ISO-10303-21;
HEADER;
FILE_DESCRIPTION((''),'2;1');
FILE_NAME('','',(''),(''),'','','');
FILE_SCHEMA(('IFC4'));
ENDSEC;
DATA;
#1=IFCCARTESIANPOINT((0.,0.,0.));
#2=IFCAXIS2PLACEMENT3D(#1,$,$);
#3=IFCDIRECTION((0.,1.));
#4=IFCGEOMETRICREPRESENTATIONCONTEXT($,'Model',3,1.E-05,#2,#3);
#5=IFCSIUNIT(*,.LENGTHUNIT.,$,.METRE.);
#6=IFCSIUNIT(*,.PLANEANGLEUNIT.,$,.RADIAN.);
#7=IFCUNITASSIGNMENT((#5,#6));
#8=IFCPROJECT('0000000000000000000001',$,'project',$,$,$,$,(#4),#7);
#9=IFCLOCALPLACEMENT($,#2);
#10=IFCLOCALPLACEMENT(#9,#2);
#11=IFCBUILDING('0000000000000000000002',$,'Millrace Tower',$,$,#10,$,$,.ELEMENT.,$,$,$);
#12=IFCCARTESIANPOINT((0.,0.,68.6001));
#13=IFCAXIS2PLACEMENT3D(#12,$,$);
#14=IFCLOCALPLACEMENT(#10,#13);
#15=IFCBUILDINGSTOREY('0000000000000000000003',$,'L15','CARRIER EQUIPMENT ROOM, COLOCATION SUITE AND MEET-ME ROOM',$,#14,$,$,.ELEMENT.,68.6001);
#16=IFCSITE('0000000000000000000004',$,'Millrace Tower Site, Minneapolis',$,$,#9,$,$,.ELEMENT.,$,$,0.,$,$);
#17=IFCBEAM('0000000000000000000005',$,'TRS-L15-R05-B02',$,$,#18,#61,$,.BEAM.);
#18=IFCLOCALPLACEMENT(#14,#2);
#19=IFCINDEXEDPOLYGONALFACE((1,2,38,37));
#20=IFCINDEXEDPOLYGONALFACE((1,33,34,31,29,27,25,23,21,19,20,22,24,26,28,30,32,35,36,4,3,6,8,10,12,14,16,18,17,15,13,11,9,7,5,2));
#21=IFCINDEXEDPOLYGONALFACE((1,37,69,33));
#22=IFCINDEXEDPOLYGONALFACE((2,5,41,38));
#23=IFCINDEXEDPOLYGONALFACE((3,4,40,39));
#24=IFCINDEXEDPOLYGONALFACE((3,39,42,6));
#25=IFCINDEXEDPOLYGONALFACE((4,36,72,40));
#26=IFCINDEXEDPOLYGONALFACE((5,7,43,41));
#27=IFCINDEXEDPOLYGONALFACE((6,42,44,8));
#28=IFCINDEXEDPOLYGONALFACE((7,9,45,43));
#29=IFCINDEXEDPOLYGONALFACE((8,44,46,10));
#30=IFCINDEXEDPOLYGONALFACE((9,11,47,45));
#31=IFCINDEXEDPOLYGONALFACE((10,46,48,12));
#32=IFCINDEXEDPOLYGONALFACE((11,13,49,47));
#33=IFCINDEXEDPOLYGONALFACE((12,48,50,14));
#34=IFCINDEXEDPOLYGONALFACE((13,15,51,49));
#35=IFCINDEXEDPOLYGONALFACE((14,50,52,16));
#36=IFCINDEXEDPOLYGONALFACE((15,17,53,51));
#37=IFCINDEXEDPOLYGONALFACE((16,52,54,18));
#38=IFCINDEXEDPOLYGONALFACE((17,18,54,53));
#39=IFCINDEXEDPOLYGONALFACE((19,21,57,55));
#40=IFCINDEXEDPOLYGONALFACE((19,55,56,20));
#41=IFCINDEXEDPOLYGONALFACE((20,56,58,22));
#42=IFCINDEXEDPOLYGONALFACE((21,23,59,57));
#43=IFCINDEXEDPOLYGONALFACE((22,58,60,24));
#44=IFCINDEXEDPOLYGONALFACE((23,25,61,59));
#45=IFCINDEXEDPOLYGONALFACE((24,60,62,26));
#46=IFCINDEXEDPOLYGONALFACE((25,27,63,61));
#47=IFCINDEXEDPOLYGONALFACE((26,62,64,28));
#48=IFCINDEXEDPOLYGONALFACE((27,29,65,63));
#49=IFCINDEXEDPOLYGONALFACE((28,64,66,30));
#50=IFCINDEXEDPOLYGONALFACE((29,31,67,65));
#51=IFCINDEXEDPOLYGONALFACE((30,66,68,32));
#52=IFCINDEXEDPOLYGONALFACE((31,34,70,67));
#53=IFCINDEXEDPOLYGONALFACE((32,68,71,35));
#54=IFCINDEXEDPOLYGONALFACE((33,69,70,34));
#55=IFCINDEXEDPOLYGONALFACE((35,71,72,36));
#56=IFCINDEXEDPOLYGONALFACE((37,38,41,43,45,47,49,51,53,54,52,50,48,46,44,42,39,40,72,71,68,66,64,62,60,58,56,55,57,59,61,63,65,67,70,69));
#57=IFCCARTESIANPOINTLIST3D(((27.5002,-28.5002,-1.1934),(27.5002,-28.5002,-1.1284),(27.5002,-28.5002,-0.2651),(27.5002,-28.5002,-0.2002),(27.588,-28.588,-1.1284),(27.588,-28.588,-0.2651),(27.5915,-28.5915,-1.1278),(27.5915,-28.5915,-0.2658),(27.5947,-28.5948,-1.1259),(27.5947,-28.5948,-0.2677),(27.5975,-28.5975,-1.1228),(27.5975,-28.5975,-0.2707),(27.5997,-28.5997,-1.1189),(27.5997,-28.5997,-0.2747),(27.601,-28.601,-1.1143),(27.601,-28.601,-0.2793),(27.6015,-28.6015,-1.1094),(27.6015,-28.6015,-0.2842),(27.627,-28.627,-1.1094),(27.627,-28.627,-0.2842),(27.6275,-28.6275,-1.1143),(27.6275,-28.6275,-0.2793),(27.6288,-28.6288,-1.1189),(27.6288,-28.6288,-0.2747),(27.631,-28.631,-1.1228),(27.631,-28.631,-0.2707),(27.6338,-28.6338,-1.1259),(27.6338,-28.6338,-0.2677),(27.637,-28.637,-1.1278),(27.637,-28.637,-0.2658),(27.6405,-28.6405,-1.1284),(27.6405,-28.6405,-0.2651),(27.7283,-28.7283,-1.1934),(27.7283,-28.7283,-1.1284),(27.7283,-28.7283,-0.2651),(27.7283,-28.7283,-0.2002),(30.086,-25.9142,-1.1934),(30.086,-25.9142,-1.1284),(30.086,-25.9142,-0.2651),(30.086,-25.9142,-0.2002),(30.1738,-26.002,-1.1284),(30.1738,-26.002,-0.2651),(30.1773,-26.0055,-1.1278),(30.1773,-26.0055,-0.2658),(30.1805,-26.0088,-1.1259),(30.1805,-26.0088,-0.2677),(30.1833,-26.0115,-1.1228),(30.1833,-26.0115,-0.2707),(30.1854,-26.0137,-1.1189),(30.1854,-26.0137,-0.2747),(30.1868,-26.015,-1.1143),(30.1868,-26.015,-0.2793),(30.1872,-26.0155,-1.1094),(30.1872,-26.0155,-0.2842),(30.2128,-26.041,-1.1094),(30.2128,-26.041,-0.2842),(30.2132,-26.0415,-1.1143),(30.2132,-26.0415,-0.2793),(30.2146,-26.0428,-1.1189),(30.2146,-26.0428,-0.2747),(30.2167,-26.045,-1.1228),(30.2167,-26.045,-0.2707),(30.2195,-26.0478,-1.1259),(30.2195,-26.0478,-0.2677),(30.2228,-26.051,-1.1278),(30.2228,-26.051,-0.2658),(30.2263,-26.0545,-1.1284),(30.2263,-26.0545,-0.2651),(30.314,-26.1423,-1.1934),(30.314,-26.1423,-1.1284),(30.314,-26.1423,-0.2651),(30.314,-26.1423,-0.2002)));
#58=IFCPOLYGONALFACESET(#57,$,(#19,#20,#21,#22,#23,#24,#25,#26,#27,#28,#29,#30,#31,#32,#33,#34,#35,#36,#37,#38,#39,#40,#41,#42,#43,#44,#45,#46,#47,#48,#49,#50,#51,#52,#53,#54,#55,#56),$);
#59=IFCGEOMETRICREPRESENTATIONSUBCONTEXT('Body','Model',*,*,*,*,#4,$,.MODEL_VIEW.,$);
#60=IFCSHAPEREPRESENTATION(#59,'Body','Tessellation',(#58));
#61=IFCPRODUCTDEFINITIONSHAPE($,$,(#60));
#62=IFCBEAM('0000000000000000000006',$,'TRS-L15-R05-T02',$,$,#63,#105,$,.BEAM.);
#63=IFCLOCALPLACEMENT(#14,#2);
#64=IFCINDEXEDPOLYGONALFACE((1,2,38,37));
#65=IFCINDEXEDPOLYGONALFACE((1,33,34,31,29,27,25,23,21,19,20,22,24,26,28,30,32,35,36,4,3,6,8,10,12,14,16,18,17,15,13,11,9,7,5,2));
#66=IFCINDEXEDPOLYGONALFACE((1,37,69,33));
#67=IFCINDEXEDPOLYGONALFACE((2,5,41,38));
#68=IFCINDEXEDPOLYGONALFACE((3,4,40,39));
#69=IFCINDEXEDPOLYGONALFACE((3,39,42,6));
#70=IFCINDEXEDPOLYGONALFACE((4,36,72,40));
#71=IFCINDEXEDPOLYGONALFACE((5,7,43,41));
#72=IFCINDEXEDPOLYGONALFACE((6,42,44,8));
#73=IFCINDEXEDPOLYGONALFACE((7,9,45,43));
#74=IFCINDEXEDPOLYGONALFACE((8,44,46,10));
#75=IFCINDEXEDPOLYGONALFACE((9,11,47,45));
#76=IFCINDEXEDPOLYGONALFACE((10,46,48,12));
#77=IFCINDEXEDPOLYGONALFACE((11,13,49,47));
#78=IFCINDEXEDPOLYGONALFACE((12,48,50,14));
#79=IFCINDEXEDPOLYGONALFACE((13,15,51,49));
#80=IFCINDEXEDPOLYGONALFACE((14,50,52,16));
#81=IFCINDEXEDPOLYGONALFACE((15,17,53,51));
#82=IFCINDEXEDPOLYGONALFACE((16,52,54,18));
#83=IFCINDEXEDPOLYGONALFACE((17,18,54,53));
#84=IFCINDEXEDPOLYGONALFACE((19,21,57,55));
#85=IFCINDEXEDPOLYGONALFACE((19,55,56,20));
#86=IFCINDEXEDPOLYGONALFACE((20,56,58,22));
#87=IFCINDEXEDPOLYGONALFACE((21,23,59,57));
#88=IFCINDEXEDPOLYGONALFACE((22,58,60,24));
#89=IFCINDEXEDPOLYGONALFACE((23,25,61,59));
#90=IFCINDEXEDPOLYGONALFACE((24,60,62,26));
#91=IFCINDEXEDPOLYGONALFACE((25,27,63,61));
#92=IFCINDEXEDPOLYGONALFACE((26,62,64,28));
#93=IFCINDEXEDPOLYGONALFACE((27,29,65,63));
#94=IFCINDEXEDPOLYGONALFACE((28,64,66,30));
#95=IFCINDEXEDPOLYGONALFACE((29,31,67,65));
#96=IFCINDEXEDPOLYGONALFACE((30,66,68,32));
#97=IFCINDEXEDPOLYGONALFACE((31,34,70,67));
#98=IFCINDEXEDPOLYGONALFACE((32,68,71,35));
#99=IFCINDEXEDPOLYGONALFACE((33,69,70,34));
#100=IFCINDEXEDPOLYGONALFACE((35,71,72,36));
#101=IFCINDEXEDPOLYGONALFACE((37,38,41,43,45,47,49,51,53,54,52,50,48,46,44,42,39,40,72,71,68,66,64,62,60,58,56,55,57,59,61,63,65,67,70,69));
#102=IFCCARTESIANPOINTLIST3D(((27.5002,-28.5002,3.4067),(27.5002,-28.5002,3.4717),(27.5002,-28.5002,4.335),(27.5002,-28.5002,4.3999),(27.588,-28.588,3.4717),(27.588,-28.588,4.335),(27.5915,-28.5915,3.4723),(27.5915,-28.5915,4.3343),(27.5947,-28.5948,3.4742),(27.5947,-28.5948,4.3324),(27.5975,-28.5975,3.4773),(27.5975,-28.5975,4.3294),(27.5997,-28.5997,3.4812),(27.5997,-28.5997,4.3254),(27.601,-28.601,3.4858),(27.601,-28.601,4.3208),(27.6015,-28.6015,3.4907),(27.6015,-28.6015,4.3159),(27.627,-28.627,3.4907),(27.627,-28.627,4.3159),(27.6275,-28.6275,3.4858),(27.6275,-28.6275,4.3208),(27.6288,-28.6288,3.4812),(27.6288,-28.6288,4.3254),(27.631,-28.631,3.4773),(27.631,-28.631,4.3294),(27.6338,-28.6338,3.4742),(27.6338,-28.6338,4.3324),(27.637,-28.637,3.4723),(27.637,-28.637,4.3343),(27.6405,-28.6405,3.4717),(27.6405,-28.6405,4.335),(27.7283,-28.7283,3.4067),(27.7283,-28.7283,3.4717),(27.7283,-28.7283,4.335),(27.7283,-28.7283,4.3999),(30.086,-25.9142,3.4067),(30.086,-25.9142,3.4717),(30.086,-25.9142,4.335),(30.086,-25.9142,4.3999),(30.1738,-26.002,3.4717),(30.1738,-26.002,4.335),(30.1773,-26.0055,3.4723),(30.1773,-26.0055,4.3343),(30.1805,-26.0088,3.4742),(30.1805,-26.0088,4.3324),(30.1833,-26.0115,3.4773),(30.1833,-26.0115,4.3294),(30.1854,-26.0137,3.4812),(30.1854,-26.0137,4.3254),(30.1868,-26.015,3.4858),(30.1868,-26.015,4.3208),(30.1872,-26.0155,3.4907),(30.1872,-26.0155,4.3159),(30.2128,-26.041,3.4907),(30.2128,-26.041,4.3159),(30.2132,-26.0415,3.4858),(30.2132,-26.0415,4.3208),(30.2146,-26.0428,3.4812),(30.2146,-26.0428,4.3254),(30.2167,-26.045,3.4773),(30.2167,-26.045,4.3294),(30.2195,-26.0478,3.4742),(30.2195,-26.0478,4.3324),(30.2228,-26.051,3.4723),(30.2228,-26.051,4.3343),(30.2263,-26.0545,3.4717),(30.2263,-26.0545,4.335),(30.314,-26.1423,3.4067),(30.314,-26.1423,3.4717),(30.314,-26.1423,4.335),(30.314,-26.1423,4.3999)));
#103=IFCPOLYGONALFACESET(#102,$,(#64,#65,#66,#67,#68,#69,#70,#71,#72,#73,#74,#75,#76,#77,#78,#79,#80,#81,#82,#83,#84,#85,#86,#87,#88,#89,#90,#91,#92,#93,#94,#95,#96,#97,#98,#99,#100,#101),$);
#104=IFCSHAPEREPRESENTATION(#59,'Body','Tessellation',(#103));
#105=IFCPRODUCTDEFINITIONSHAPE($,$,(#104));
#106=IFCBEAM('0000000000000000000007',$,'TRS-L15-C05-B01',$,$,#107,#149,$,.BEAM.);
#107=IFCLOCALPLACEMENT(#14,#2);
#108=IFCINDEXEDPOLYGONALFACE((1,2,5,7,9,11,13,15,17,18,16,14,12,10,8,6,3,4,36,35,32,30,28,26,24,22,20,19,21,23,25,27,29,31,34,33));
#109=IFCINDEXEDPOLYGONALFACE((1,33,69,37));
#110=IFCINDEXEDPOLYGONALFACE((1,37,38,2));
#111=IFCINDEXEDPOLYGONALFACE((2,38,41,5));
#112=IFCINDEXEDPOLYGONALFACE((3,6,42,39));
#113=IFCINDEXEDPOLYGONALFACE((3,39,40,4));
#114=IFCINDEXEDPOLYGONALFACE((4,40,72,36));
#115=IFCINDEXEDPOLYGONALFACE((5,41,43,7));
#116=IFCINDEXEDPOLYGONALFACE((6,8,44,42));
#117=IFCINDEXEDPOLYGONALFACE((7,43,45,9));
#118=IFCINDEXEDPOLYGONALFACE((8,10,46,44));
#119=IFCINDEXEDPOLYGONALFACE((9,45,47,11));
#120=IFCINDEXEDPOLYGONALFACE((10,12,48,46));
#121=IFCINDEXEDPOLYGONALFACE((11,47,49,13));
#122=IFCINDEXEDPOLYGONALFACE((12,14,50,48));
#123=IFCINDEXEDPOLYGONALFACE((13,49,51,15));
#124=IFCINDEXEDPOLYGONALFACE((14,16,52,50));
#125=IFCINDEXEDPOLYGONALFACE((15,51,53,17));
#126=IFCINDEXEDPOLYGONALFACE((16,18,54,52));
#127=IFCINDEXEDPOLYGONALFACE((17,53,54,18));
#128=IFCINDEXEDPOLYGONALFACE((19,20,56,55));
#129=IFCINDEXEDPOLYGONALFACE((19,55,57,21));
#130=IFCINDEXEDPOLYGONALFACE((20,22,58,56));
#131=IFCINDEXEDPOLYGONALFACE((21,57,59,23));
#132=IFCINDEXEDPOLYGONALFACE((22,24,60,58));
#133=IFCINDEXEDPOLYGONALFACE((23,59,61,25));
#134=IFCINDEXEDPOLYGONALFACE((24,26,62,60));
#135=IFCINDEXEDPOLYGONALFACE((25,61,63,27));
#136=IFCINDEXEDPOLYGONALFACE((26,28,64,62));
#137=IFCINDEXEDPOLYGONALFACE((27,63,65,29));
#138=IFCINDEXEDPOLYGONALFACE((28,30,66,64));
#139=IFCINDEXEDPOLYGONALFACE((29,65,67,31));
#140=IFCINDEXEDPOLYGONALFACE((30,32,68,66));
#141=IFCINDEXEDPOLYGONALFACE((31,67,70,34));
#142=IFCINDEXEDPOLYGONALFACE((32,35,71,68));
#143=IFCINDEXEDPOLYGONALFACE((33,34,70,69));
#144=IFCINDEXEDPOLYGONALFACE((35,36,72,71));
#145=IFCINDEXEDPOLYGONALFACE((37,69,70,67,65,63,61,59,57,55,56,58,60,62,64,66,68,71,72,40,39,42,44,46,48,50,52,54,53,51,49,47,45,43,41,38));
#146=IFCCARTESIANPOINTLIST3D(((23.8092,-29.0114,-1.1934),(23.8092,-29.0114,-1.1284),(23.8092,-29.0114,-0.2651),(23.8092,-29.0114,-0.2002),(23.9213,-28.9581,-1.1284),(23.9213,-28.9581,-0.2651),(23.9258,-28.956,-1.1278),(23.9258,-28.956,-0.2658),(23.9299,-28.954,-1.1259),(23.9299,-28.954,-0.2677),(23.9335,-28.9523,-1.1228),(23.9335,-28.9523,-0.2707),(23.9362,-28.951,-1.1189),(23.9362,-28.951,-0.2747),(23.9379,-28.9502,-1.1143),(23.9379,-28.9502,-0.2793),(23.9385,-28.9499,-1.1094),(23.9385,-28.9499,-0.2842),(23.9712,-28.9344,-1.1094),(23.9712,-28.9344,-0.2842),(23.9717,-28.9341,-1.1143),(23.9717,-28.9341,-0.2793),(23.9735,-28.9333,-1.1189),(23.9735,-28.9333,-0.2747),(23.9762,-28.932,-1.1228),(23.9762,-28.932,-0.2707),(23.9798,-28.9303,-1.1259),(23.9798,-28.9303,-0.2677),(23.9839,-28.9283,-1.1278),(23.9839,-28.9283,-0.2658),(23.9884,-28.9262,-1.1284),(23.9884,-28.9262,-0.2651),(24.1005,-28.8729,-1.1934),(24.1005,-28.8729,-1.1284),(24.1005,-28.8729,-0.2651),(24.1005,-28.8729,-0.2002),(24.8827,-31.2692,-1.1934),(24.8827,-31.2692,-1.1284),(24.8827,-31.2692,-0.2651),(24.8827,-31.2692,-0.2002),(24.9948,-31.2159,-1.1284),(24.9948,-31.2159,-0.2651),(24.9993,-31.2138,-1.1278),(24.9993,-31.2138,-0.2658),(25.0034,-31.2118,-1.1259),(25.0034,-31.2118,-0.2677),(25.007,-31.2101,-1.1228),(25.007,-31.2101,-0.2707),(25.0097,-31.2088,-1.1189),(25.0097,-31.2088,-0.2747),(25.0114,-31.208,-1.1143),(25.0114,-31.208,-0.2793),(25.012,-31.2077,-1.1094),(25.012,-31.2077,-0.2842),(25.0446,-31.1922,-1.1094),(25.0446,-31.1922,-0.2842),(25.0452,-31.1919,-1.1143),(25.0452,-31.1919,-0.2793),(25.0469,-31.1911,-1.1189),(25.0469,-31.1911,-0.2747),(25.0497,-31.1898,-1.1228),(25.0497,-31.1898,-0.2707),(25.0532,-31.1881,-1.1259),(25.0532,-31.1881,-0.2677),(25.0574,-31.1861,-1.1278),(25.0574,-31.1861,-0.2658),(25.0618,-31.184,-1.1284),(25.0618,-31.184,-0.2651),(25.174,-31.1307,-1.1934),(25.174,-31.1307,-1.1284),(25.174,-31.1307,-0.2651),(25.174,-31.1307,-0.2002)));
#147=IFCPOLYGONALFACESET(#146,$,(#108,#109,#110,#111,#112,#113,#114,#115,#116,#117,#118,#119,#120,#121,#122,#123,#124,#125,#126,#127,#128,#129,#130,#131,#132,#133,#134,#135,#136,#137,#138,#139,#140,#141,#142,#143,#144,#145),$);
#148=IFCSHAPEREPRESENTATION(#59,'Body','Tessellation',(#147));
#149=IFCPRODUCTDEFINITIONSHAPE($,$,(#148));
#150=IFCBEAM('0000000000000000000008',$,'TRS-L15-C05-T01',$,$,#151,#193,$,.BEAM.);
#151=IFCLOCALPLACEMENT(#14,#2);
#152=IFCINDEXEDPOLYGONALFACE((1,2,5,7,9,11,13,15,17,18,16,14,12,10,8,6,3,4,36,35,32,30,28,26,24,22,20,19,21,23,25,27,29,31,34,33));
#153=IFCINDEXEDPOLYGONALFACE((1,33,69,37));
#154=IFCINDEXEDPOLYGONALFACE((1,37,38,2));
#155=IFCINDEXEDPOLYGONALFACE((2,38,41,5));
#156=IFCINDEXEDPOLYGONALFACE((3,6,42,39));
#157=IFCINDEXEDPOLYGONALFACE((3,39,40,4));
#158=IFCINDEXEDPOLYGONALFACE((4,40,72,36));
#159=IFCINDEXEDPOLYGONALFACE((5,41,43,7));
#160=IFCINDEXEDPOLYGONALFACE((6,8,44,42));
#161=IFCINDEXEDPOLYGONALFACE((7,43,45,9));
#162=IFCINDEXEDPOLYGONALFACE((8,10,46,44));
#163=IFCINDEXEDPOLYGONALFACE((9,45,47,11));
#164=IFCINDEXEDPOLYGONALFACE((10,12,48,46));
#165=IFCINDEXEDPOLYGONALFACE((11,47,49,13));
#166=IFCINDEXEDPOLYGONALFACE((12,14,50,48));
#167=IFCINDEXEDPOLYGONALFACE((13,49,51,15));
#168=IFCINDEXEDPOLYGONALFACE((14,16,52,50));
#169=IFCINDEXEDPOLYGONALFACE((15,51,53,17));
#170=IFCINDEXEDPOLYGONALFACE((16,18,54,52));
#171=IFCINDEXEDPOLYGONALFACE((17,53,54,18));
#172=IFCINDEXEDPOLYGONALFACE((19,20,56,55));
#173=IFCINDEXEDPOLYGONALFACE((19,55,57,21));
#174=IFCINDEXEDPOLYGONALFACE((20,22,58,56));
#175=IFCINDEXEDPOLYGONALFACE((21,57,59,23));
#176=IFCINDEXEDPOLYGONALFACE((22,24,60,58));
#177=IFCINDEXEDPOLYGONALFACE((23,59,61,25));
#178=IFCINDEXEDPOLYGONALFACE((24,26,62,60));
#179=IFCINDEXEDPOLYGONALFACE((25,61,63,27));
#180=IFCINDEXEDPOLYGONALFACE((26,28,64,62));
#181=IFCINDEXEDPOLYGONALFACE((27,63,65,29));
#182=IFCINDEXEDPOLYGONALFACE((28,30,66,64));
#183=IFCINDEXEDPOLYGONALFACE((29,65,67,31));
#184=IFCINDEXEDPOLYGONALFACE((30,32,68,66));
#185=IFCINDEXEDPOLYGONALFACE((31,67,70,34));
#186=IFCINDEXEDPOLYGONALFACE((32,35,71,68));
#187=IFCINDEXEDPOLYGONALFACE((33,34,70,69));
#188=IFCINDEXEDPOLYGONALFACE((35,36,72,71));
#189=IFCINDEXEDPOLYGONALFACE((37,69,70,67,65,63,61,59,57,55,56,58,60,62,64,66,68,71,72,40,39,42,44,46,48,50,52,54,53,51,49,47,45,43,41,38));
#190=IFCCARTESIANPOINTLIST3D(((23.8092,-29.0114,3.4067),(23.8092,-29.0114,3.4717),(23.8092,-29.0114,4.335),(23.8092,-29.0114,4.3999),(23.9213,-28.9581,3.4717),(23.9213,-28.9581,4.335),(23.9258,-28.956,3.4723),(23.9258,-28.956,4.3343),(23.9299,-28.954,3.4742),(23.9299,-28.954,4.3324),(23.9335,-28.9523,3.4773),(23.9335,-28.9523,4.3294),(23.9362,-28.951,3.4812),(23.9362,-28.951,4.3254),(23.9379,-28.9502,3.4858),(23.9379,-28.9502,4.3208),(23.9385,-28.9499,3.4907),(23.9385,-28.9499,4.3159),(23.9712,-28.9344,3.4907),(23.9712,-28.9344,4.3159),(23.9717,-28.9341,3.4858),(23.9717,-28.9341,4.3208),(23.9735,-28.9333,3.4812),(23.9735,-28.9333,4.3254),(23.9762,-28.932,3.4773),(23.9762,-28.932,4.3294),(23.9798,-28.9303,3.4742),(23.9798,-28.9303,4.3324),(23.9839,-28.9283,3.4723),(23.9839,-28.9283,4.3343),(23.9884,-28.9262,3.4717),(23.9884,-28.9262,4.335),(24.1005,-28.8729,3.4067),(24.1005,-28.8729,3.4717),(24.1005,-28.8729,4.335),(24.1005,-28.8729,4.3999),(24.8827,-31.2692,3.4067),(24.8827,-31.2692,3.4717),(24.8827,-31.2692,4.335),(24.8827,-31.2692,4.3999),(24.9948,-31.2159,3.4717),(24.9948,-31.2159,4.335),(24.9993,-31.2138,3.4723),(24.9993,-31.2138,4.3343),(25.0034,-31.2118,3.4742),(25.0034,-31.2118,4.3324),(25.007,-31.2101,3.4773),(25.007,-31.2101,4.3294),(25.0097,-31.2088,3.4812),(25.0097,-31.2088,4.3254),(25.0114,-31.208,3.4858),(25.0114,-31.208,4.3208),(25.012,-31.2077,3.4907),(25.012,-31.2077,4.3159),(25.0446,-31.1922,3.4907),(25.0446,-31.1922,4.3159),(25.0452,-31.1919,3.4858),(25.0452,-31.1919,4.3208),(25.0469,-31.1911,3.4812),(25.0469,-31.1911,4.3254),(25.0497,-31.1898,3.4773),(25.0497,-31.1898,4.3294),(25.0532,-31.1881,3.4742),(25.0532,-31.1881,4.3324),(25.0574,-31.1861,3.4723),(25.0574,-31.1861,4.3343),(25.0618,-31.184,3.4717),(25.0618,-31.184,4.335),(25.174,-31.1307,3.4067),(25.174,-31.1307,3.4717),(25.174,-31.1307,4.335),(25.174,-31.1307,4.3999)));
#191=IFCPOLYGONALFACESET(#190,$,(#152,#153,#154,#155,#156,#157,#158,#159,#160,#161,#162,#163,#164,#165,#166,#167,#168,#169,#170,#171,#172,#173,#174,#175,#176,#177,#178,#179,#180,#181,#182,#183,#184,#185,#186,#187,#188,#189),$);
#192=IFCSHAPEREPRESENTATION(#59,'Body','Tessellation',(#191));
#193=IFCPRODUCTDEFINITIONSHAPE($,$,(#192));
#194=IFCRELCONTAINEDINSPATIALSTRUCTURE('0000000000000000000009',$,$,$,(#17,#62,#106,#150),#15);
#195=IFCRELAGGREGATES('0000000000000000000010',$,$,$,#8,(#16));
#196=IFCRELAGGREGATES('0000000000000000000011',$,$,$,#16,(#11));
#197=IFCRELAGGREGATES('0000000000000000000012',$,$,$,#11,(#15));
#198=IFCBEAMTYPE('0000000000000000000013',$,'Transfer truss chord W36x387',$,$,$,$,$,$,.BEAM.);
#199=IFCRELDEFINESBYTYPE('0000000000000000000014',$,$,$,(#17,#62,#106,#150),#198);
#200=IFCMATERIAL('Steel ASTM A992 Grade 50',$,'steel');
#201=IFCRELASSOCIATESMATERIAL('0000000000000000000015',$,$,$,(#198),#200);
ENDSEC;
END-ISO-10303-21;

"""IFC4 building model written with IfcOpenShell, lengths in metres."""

from ifc_helpers import new_model, si_unit, direction, frame, origin, origin_2d, place, context, subcontext, project, spatial, i_section, extrude, material, material_profile, profile_set, type_object, element, save


model = new_model("IFC4")

# Units and contexts
model_context = context("Model", 3, precision=1e-05, world=origin(), true_north=direction((0.0, 1.0)))
body_context = subcontext(model_context, "Body", "Model", "MODEL_VIEW")
ifc_project = project(units=[si_unit("LENGTHUNIT", "METRE"), si_unit("PLANEANGLEUNIT", "RADIAN")], contexts=[model_context])

# Site, building, storey
site_placement = place(None, origin())
site = spatial("IfcSite", under=ifc_project, at=site_placement, Name="Millrace Tower Site, Minneapolis", CompositionType="ELEMENT", RefElevation=0.0)
building_placement = place(site_placement, origin())
building = spatial("IfcBuilding", under=site, at=building_placement, Name="Millrace Tower", CompositionType="ELEMENT")
storey_placement = place(building_placement, frame((0.0, 0.0, 68.6001)))
storey = spatial("IfcBuildingStorey", under=building, at=storey_placement, Name="L15", Description="CARRIER EQUIPMENT ROOM, COLOCATION SUITE AND MEET-ME ROOM", CompositionType="ELEMENT", Elevation=68.6001)

# Beams
ifc_material_1 = material(Name="Steel ASTM A992 Grade 50", Category="steel")
ifc_material_profile_1 = material_profile(ifc_material_1, i_section(OverallWidth=0.3225, OverallDepth=0.9932, WebThickness=0.0361, FlangeThickness=0.0649, FilletRadius=0.019, at=origin_2d()))
ifc_profile_set_1 = profile_set([ifc_material_profile_1], Name="Steel ASTM A992 Grade 50")
beam_type_1 = type_object("IfcBeamType", Name="Transfer truss chord W36x387", PredefinedType="BEAM", material=ifc_profile_set_1)
for number, where, z_axis, x_axis, name in (
    (1, (27.6143, -28.6143, -0.6968), (0.707073, 0.70714, 0.0), (-0.70714, 0.707073, 0.0), "TRS-L15-R05-B02"),
    (2, (27.6143, -28.6143, 3.9033), (0.707073, 0.70714, 0.0), (-0.70714, 0.707073, 0.0), "TRS-L15-R05-T02"),
):
    element("IfcBeam", number, at=place(storey_placement, frame(where, z_axis=z_axis, x_axis=x_axis)), inside=storey, type_object=beam_type_1, Name=name, PredefinedType="BEAM", context=body_context, shape_type="SweptSolid", body=[
        extrude(i_section(OverallWidth=0.3225, OverallDepth=0.9932, WebThickness=0.0361, FlangeThickness=0.0649, FilletRadius=0.019, at=origin_2d()), origin(), (0.0, 0.0, 1.0), 3.657),
    ])
for number, where, z_axis, x_axis, name in (
    (3, (25.0283, -31.2, -0.6968), (-0.429391, 0.903118, 0.0), (-0.903118, -0.429391, 0.0), "TRS-L15-C05-B01"),
    (4, (25.0283, -31.2, 3.9033), (-0.429391, 0.903118, 0.0), (-0.903118, -0.429391, 0.0), "TRS-L15-C05-T01"),
):
    element("IfcBeam", number, at=place(storey_placement, frame(where, z_axis=z_axis, x_axis=x_axis)), inside=storey, type_object=beam_type_1, Name=name, PredefinedType="BEAM", context=body_context, shape_type="SweptSolid", body=[
        extrude(i_section(OverallWidth=0.3225, OverallDepth=0.9932, WebThickness=0.0361, FlangeThickness=0.0649, FilletRadius=0.019, at=origin_2d()), origin(), (0.0, 0.0, 1.0), 2.5),
    ])

save(model, "model.ifc")
